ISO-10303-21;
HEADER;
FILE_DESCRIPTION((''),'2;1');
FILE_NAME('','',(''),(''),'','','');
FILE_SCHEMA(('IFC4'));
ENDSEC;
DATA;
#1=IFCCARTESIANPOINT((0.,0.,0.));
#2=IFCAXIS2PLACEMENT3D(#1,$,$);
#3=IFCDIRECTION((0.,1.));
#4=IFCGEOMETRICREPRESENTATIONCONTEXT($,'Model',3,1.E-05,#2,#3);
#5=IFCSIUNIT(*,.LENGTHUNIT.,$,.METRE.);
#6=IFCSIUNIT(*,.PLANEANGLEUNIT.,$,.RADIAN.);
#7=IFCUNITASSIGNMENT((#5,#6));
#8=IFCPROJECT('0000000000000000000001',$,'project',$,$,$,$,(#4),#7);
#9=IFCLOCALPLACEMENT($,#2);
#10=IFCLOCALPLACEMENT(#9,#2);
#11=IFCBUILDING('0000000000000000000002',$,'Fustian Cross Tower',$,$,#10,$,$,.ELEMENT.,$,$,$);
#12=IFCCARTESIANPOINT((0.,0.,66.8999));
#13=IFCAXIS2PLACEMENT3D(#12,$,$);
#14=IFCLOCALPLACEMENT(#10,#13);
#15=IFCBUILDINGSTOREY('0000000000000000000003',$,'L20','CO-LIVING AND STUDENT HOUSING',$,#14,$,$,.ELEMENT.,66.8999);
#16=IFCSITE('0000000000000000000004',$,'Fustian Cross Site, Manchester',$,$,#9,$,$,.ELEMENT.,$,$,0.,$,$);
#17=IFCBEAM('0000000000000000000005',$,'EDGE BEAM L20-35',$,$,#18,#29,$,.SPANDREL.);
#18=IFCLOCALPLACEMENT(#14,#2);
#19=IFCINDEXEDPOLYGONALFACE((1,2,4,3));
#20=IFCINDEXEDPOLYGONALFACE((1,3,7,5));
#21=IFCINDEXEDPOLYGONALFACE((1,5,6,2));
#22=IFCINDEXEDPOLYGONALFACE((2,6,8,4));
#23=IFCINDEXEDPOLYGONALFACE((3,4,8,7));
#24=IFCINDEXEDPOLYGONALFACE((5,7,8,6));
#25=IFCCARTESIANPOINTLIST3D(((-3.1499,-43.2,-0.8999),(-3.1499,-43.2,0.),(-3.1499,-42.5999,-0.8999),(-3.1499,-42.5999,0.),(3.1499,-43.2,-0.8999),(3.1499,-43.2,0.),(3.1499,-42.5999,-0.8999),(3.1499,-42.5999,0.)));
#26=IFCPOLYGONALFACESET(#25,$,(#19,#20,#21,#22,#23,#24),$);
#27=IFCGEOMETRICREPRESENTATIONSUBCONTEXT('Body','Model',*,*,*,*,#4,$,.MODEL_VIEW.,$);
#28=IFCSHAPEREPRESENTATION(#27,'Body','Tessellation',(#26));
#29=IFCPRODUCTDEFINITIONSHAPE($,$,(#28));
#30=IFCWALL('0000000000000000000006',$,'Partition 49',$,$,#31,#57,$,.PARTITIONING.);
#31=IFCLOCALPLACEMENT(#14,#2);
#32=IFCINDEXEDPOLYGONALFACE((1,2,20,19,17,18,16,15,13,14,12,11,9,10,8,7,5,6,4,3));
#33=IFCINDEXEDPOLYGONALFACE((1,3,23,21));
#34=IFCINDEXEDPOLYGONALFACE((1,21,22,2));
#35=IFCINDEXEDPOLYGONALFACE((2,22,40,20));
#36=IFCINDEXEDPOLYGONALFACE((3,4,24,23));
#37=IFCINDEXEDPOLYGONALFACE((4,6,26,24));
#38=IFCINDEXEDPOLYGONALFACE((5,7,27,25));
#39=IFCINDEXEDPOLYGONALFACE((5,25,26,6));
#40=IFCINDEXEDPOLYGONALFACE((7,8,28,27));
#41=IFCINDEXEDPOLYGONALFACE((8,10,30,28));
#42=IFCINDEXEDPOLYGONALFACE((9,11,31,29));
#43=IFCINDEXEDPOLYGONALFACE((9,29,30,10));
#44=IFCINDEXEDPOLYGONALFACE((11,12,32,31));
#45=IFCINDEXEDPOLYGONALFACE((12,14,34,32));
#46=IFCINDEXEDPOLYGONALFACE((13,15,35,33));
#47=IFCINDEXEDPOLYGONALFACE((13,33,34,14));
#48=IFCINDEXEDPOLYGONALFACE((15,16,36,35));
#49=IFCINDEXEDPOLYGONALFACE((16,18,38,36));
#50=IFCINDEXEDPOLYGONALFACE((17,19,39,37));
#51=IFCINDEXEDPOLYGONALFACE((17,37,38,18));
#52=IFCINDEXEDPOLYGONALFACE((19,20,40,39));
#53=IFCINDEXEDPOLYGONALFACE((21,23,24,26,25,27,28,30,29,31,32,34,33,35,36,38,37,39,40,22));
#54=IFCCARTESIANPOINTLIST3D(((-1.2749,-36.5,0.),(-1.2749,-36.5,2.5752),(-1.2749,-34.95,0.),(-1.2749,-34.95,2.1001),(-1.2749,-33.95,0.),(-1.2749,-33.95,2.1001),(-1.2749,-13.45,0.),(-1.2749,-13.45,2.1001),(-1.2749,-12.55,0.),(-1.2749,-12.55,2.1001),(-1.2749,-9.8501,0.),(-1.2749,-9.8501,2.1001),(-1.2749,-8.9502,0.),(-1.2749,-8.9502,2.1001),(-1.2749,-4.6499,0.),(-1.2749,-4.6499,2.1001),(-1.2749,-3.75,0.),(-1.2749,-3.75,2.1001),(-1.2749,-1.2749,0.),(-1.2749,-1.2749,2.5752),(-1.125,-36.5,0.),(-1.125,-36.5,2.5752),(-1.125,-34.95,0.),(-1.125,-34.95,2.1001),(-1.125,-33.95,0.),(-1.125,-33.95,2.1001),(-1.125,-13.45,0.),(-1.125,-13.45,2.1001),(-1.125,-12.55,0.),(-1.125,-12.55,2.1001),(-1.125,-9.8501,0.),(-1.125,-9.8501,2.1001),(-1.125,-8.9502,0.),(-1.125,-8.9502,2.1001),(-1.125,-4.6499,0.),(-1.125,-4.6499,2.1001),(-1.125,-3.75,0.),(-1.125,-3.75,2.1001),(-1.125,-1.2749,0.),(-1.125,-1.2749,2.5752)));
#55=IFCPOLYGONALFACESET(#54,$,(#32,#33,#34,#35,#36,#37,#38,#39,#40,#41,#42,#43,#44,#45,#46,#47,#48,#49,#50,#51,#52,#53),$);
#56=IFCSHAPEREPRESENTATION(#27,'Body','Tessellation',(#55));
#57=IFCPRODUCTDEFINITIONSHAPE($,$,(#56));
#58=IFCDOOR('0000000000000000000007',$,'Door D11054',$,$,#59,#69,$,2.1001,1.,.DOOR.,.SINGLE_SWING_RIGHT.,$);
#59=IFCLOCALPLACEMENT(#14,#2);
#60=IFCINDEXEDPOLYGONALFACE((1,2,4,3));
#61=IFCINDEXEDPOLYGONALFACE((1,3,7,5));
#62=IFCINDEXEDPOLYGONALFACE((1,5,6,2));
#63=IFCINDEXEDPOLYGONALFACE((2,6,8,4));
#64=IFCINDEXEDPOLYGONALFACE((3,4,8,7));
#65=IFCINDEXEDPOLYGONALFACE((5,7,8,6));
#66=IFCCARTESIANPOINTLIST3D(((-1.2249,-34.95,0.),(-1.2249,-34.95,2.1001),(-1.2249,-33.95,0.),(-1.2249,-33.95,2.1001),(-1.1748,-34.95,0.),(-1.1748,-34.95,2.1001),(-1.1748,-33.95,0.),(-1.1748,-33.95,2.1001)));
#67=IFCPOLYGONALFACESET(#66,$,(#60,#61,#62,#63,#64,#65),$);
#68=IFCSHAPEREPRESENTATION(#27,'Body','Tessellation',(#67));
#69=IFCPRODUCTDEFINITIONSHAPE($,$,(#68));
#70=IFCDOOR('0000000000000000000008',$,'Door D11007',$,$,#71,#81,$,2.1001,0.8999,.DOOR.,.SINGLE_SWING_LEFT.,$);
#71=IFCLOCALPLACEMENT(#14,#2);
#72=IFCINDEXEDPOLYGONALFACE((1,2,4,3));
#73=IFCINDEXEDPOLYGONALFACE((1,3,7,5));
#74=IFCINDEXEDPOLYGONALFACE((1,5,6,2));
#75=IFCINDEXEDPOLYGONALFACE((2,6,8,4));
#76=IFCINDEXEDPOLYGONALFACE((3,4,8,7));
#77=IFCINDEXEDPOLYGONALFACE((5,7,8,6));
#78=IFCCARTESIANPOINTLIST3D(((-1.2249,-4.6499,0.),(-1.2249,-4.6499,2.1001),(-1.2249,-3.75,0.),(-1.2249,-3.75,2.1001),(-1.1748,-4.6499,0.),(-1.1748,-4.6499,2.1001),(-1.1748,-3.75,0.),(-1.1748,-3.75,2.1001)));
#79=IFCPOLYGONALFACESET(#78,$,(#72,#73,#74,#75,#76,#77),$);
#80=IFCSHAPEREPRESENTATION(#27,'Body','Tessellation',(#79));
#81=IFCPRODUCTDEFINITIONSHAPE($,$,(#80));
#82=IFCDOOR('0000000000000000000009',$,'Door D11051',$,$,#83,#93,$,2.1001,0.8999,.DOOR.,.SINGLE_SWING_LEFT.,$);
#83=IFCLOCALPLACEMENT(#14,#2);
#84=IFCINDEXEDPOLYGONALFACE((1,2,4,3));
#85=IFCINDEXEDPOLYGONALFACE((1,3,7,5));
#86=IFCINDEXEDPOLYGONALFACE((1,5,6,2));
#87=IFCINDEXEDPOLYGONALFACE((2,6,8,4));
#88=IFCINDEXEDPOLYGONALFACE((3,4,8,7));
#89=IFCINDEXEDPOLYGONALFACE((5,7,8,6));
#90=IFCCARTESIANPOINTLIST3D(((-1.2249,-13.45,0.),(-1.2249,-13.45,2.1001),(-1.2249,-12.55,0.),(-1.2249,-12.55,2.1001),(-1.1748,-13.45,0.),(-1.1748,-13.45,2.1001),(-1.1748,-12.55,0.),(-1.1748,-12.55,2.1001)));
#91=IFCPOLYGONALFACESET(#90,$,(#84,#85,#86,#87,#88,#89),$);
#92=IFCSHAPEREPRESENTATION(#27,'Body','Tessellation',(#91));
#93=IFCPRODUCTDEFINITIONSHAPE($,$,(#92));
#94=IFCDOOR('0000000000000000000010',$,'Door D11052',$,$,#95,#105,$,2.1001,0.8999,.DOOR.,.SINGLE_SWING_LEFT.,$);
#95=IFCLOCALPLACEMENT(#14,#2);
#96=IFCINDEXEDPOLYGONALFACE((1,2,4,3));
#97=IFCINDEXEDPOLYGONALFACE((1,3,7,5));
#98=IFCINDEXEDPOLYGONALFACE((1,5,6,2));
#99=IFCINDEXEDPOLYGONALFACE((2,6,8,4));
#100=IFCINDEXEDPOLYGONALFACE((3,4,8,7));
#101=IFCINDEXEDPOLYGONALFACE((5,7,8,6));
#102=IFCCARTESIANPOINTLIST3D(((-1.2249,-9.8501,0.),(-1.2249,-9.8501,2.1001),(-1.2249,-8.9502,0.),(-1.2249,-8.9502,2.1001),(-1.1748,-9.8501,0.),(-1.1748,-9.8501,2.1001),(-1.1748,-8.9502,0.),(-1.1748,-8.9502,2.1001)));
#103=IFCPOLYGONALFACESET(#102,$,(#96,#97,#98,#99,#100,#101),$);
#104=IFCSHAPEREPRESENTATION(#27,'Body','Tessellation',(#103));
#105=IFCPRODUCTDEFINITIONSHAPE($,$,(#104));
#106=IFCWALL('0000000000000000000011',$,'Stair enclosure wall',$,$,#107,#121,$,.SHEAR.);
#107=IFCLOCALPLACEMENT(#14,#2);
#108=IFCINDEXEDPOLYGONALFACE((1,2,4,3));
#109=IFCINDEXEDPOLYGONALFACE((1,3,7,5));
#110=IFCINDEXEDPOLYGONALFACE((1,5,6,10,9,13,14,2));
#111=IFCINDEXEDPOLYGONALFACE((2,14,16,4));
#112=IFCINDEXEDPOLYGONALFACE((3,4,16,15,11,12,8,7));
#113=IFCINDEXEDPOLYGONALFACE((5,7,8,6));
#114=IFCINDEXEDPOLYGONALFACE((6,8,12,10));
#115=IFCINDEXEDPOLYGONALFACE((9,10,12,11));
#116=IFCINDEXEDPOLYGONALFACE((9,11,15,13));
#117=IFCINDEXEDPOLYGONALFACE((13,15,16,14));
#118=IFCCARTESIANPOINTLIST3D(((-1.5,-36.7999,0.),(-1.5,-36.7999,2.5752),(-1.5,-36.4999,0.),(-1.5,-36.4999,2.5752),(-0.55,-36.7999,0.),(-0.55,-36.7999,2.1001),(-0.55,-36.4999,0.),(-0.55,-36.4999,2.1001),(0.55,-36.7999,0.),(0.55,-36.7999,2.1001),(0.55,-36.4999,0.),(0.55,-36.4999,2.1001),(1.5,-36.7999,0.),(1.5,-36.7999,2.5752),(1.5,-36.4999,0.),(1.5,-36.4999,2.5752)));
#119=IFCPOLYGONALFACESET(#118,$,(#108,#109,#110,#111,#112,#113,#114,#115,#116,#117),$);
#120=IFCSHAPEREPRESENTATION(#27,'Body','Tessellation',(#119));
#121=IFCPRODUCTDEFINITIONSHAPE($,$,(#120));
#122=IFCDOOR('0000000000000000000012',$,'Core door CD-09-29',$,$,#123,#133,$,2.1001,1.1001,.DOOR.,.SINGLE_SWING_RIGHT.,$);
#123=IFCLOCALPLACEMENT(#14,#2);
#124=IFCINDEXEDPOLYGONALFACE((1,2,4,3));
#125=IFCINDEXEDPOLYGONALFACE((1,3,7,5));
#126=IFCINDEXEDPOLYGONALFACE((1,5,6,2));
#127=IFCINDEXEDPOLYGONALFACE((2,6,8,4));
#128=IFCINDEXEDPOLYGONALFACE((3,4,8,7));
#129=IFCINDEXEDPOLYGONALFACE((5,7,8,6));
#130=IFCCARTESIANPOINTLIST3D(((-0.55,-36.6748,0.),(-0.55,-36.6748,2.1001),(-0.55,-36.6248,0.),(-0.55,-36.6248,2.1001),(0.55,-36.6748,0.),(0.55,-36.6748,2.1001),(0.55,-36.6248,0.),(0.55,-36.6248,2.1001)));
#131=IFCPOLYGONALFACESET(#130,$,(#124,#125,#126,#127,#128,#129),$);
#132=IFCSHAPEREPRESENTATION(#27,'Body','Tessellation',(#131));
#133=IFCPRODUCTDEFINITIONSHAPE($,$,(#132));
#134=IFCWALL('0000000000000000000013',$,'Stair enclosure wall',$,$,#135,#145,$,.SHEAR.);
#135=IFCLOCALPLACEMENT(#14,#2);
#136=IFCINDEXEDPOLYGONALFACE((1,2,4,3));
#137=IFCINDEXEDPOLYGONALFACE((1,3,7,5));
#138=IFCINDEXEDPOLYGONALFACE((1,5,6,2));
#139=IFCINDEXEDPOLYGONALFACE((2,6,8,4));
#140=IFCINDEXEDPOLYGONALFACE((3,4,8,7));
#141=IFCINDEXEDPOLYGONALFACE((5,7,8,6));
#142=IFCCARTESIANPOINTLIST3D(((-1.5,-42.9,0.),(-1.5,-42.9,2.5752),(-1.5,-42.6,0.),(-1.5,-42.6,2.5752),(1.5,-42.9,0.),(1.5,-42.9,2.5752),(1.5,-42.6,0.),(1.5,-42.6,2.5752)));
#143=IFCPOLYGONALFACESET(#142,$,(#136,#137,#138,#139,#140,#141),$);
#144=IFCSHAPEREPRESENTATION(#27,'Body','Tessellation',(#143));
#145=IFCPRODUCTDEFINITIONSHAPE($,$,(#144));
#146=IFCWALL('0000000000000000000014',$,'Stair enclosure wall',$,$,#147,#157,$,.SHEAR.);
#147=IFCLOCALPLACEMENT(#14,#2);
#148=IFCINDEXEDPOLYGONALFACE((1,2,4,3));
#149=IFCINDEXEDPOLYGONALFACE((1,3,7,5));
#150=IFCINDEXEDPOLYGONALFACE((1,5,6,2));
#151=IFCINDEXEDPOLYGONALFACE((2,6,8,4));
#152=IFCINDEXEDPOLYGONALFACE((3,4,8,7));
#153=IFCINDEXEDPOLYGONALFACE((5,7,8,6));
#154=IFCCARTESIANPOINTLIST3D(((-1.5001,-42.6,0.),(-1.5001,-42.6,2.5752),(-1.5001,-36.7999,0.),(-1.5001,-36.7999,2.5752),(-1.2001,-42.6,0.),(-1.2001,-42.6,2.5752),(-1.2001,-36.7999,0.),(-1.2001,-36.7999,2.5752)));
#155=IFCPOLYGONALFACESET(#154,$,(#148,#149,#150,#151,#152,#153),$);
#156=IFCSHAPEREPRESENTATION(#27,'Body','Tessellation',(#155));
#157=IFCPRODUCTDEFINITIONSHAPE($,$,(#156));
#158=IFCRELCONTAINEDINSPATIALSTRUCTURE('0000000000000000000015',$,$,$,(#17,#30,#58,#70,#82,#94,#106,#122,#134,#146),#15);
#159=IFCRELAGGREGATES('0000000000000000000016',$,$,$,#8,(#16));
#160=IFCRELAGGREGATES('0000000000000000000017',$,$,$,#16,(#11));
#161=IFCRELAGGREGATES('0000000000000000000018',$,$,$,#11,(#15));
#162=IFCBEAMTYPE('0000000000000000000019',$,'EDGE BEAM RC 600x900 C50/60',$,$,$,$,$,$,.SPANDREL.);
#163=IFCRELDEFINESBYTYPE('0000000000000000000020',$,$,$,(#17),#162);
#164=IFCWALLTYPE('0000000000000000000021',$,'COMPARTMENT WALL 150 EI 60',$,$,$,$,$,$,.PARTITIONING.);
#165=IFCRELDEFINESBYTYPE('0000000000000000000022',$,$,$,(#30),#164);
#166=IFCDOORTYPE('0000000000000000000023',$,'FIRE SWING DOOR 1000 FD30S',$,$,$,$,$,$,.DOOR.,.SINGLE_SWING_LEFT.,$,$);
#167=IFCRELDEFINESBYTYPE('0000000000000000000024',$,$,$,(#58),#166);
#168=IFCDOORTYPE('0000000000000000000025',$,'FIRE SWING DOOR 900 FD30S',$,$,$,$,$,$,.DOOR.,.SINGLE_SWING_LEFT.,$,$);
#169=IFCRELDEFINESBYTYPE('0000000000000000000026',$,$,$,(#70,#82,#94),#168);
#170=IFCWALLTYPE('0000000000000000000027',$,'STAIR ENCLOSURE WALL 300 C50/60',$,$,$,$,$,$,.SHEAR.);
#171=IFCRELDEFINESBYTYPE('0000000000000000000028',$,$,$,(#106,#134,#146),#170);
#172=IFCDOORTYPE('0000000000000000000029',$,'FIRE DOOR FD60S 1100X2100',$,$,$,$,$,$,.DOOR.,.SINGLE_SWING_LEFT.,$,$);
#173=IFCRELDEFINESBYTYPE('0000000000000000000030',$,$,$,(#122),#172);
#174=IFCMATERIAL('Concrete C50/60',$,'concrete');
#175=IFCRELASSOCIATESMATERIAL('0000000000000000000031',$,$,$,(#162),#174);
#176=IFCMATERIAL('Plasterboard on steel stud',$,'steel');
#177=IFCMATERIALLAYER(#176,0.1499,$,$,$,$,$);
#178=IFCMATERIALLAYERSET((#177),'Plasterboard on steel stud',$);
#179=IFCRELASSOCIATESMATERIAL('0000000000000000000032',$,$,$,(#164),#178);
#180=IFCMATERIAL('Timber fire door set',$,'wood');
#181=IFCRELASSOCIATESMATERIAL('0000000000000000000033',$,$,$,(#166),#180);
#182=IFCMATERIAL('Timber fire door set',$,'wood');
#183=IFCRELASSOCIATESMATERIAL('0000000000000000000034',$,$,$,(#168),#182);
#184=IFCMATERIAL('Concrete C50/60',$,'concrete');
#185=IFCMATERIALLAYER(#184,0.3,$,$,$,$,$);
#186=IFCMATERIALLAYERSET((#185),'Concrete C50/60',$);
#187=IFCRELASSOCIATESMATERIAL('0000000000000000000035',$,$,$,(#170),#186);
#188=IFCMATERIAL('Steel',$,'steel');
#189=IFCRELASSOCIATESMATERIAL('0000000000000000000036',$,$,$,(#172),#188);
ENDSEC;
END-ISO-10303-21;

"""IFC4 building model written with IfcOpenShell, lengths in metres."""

from ifc_helpers import new_model, si_unit, direction, frame, frame_2d, origin, origin_2d, place, context, subcontext, project, spatial, rectangle, extrude, material, layer, layer_set, material_profile, profile_set, type_object, element, fill, save


model = new_model("IFC4")

# Units and contexts
model_context = context("Model", 3, precision=1e-05, world=origin(), true_north=direction((0.0, 1.0)))
body_context = subcontext(model_context, "Body", "Model", "MODEL_VIEW")
ifc_project = project(units=[si_unit("LENGTHUNIT", "METRE"), si_unit("PLANEANGLEUNIT", "RADIAN")], contexts=[model_context])

# Site, building, storey
site_placement = place(None, origin())
site = spatial("IfcSite", under=ifc_project, at=site_placement, Name="Fustian Cross Site, Manchester", CompositionType="ELEMENT", RefElevation=0.0)
building_placement = place(site_placement, origin())
building = spatial("IfcBuilding", under=site, at=building_placement, Name="Fustian Cross Tower", CompositionType="ELEMENT")
storey_placement = place(building_placement, frame((0.0, 0.0, 66.8999)))
storey = spatial("IfcBuildingStorey", under=building, at=storey_placement, Name="L20", Description="CO-LIVING AND STUDENT HOUSING", CompositionType="ELEMENT", Elevation=66.8999)

# Beam
ifc_material_1 = material(Name="Concrete C50/60", Category="concrete")
ifc_material_profile_1 = material_profile(ifc_material_1, rectangle(XDim=0.6001, YDim=0.8999, at=origin_2d()), Name="RC 600x900")
ifc_profile_set_1 = profile_set([ifc_material_profile_1], Name="Concrete C50/60")
beam_type = type_object("IfcBeamType", Name="EDGE BEAM RC 600x900 C50/60", PredefinedType="SPANDREL", material=ifc_profile_set_1)
beam_placement = place(storey_placement, frame((-3.1499, -42.8999, -0.45), z_axis=(1.0, 0.0, 0.0), x_axis=(0.0, 1.0, 0.0)))
element("IfcBeam", 1, at=beam_placement, inside=storey, type_object=beam_type, Name="EDGE BEAM L20-35", PredefinedType="SPANDREL", context=body_context, shape_type="SweptSolid", body=[
    extrude(rectangle(XDim=0.6001, YDim=0.8999, at=origin_2d()), origin(), (0.0, 0.0, 1.0), 6.2998),
])

# Wall, openings, doors
ifc_material_2 = material(Name="Plasterboard on steel stud", Category="steel")
ifc_layer_1 = layer(ifc_material_2, 0.1499)
ifc_layer_set_1 = layer_set([ifc_layer_1], Name="Plasterboard on steel stud")
wall_type_1 = type_object("IfcWallType", Name="COMPARTMENT WALL 150 EI 60", PredefinedType="PARTITIONING", material=ifc_layer_set_1)
wall_1_placement = place(storey_placement, frame((-1.2, -36.5, 0.0), z_axis=(0.0, 0.0, 1.0), x_axis=(0.0, 1.0, 0.0)))
wall_1 = element("IfcWall", 2, at=wall_1_placement, inside=storey, type_object=wall_type_1, Name="Partition 49", PredefinedType="PARTITIONING", context=body_context, shape_type="SweptSolid", body=[
    extrude(rectangle(XDim=35.2251, YDim=0.1499, at=frame_2d((17.6125, 0.0))), origin(), (0.0, 0.0, 1.0), 2.5752),
])
opening_1_placement = place(wall_1_placement, frame((31.8501, 0.0, 0.0)))
opening_1 = element("IfcOpeningElement", 3, at=opening_1_placement, cuts=wall_1, PredefinedType="OPENING", context=body_context, shape_type="SweptSolid", body=[
    extrude(rectangle(XDim=0.8999, YDim=2.1001, at=frame_2d((0.45, 1.05))), frame((0.0, 0.085, 0.0), z_axis=(0.0, -1.0, 0.0), x_axis=(1.0, 0.0, 0.0)), (0.0, 0.0, 1.0), 0.1699),
])
opening_2_placement = place(wall_1_placement, frame((23.05, 0.0, 0.0)))
opening_2 = element("IfcOpeningElement", 4, at=opening_2_placement, cuts=wall_1, PredefinedType="OPENING", context=body_context, shape_type="SweptSolid", body=[
    extrude(rectangle(XDim=0.8999, YDim=2.1001, at=frame_2d((0.45, 1.05))), frame((0.0, 0.085, 0.0), z_axis=(0.0, -1.0, 0.0), x_axis=(1.0, 0.0, 0.0)), (0.0, 0.0, 1.0), 0.1699),
])
opening_3_placement = place(wall_1_placement, frame((26.6499, 0.0, 0.0)))
opening_3 = element("IfcOpeningElement", 5, at=opening_3_placement, cuts=wall_1, PredefinedType="OPENING", context=body_context, shape_type="SweptSolid", body=[
    extrude(rectangle(XDim=0.8999, YDim=2.1001, at=frame_2d((0.45, 1.05))), frame((0.0, 0.085, 0.0), z_axis=(0.0, -1.0, 0.0), x_axis=(1.0, 0.0, 0.0)), (0.0, 0.0, 1.0), 0.1699),
])
opening_4_placement = place(wall_1_placement, frame((1.55, 0.0, 0.0)))
opening_4 = element("IfcOpeningElement", 6, at=opening_4_placement, cuts=wall_1, PredefinedType="OPENING", context=body_context, shape_type="SweptSolid", body=[
    extrude(rectangle(XDim=1.0, YDim=2.1001, at=frame_2d((0.5, 1.05))), frame((0.0, 0.085, 0.0), z_axis=(0.0, -1.0, 0.0), x_axis=(1.0, 0.0, 0.0)), (0.0, 0.0, 1.0), 0.1699),
])
ifc_material_3 = material(Name="Timber fire door set", Category="wood")
door_type_1 = type_object("IfcDoorType", Name="FIRE SWING DOOR 1000 FD30S", OperationType="SINGLE_SWING_LEFT", PredefinedType="DOOR", material=ifc_material_3)
door_1_placement = place(opening_4_placement, origin())
door_1 = element("IfcDoor", 7, at=door_1_placement, inside=storey, type_object=door_type_1, Name="Door D11054", OperationType="SINGLE_SWING_RIGHT", OverallHeight=2.1001, OverallWidth=1.0, PredefinedType="DOOR", context=body_context, shape_type="SweptSolid", body=[
    extrude(rectangle(XDim=1.0, YDim=2.1001, at=frame_2d((0.5, 1.05))), frame((0.0, 0.0249, 0.0), z_axis=(0.0, -1.0, 0.0), x_axis=(1.0, 0.0, 0.0)), (0.0, 0.0, 1.0), 0.05),
])
fill(opening_4, door_1)
ifc_material_4 = material(Name="Timber fire door set", Category="wood")
door_type_2 = type_object("IfcDoorType", Name="FIRE SWING DOOR 900 FD30S", OperationType="SINGLE_SWING_LEFT", PredefinedType="DOOR", material=ifc_material_4)
door_2_placement = place(opening_1_placement, origin())
door_2 = element("IfcDoor", 8, at=door_2_placement, inside=storey, type_object=door_type_2, Name="Door D11007", OperationType="SINGLE_SWING_LEFT", OverallHeight=2.1001, OverallWidth=0.8999, PredefinedType="DOOR", context=body_context, shape_type="SweptSolid", body=[
    extrude(rectangle(XDim=0.8999, YDim=2.1001, at=frame_2d((0.45, 1.05))), frame((0.0, 0.0249, 0.0), z_axis=(0.0, -1.0, 0.0), x_axis=(1.0, 0.0, 0.0)), (0.0, 0.0, 1.0), 0.05),
])
fill(opening_1, door_2)
door_3_placement = place(opening_2_placement, origin())
door_3 = element("IfcDoor", 9, at=door_3_placement, inside=storey, type_object=door_type_2, Name="Door D11051", OperationType="SINGLE_SWING_LEFT", OverallHeight=2.1001, OverallWidth=0.8999, PredefinedType="DOOR", context=body_context, shape_type="SweptSolid", body=[
    extrude(rectangle(XDim=0.8999, YDim=2.1001, at=frame_2d((0.45, 1.05))), frame((0.0, 0.0249, 0.0), z_axis=(0.0, -1.0, 0.0), x_axis=(1.0, 0.0, 0.0)), (0.0, 0.0, 1.0), 0.05),
])
fill(opening_2, door_3)
door_4_placement = place(opening_3_placement, origin())
door_4 = element("IfcDoor", 10, at=door_4_placement, inside=storey, type_object=door_type_2, Name="Door D11052", OperationType="SINGLE_SWING_LEFT", OverallHeight=2.1001, OverallWidth=0.8999, PredefinedType="DOOR", context=body_context, shape_type="SweptSolid", body=[
    extrude(rectangle(XDim=0.8999, YDim=2.1001, at=frame_2d((0.45, 1.05))), frame((0.0, 0.0249, 0.0), z_axis=(0.0, -1.0, 0.0), x_axis=(1.0, 0.0, 0.0)), (0.0, 0.0, 1.0), 0.05),
])
fill(opening_3, door_4)

# Wall, opening, door
ifc_material_5 = material(Name="Concrete C50/60", Category="concrete")
ifc_layer_2 = layer(ifc_material_5, 0.3)
ifc_layer_set_2 = layer_set([ifc_layer_2], Name="Concrete C50/60")
wall_type_2 = type_object("IfcWallType", Name="STAIR ENCLOSURE WALL 300 C50/60", PredefinedType="SHEAR", material=ifc_layer_set_2)
wall_2_placement = place(storey_placement, frame((-1.5, -36.6499, 0.0), z_axis=(0.0, 0.0, 1.0), x_axis=(1.0, 0.0, 0.0)))
wall_2 = element("IfcWall", 11, at=wall_2_placement, inside=storey, type_object=wall_type_2, Name="Stair enclosure wall", PredefinedType="SHEAR", context=body_context, shape_type="SweptSolid", body=[
    extrude(rectangle(XDim=3.0, YDim=0.3, at=frame_2d((1.5, 0.0))), origin(), (0.0, 0.0, 1.0), 2.5752),
])
opening_5_placement = place(wall_2_placement, frame((0.95, 0.0, 0.0)))
opening_5 = element("IfcOpeningElement", 12, at=opening_5_placement, cuts=wall_2, PredefinedType="OPENING", context=body_context, shape_type="SweptSolid", body=[
    extrude(rectangle(XDim=1.1001, YDim=2.1001, at=frame_2d((0.55, 1.05))), frame((0.0, 0.1599, 0.0), z_axis=(0.0, -1.0, 0.0), x_axis=(1.0, 0.0, 0.0)), (0.0, 0.0, 1.0), 0.3201),
])
ifc_material_6 = material(Name="Steel", Category="steel")
door_type_3 = type_object("IfcDoorType", Name="FIRE DOOR FD60S 1100X2100", OperationType="SINGLE_SWING_LEFT", PredefinedType="DOOR", material=ifc_material_6)
door_5_placement = place(opening_5_placement, frame((1.1001, 0.0, 0.0), z_axis=(0.0, 0.0, 1.0), x_axis=(-1.0, 0.0, 0.0)))
door_5 = element("IfcDoor", 13, at=door_5_placement, inside=storey, type_object=door_type_3, Name="Core door CD-09-29", OperationType="SINGLE_SWING_RIGHT", OverallHeight=2.1001, OverallWidth=1.1001, PredefinedType="DOOR", context=body_context, shape_type="SweptSolid", body=[
    extrude(rectangle(XDim=1.1001, YDim=2.1001, at=frame_2d((0.55, 1.05))), frame((0.0, 0.0249, 0.0), z_axis=(0.0, -1.0, 0.0), x_axis=(1.0, 0.0, 0.0)), (0.0, 0.0, 1.0), 0.05),
])
fill(opening_5, door_5)

# Walls
wall_3_placement = place(storey_placement, frame((-1.5, -42.75, 0.0), z_axis=(0.0, 0.0, 1.0), x_axis=(1.0, 0.0, 0.0)))
element("IfcWall", 14, at=wall_3_placement, inside=storey, type_object=wall_type_2, Name="Stair enclosure wall", PredefinedType="SHEAR", context=body_context, shape_type="SweptSolid", body=[
    extrude(rectangle(XDim=3.0, YDim=0.3, at=frame_2d((1.5, 0.0))), origin(), (0.0, 0.0, 1.0), 2.5752),
])
wall_4_placement = place(storey_placement, frame((-1.3501, -36.8, 0.0), z_axis=(0.0, 0.0, 1.0), x_axis=(0.0, -1.0, 0.0)))
element("IfcWall", 15, at=wall_4_placement, inside=storey, type_object=wall_type_2, Name="Stair enclosure wall", PredefinedType="SHEAR", context=body_context, shape_type="SweptSolid", body=[
    extrude(rectangle(XDim=5.8, YDim=0.3, at=frame_2d((2.8999, 0.0))), origin(), (0.0, 0.0, 1.0), 2.5752),
])

save(model, "model.ifc")
